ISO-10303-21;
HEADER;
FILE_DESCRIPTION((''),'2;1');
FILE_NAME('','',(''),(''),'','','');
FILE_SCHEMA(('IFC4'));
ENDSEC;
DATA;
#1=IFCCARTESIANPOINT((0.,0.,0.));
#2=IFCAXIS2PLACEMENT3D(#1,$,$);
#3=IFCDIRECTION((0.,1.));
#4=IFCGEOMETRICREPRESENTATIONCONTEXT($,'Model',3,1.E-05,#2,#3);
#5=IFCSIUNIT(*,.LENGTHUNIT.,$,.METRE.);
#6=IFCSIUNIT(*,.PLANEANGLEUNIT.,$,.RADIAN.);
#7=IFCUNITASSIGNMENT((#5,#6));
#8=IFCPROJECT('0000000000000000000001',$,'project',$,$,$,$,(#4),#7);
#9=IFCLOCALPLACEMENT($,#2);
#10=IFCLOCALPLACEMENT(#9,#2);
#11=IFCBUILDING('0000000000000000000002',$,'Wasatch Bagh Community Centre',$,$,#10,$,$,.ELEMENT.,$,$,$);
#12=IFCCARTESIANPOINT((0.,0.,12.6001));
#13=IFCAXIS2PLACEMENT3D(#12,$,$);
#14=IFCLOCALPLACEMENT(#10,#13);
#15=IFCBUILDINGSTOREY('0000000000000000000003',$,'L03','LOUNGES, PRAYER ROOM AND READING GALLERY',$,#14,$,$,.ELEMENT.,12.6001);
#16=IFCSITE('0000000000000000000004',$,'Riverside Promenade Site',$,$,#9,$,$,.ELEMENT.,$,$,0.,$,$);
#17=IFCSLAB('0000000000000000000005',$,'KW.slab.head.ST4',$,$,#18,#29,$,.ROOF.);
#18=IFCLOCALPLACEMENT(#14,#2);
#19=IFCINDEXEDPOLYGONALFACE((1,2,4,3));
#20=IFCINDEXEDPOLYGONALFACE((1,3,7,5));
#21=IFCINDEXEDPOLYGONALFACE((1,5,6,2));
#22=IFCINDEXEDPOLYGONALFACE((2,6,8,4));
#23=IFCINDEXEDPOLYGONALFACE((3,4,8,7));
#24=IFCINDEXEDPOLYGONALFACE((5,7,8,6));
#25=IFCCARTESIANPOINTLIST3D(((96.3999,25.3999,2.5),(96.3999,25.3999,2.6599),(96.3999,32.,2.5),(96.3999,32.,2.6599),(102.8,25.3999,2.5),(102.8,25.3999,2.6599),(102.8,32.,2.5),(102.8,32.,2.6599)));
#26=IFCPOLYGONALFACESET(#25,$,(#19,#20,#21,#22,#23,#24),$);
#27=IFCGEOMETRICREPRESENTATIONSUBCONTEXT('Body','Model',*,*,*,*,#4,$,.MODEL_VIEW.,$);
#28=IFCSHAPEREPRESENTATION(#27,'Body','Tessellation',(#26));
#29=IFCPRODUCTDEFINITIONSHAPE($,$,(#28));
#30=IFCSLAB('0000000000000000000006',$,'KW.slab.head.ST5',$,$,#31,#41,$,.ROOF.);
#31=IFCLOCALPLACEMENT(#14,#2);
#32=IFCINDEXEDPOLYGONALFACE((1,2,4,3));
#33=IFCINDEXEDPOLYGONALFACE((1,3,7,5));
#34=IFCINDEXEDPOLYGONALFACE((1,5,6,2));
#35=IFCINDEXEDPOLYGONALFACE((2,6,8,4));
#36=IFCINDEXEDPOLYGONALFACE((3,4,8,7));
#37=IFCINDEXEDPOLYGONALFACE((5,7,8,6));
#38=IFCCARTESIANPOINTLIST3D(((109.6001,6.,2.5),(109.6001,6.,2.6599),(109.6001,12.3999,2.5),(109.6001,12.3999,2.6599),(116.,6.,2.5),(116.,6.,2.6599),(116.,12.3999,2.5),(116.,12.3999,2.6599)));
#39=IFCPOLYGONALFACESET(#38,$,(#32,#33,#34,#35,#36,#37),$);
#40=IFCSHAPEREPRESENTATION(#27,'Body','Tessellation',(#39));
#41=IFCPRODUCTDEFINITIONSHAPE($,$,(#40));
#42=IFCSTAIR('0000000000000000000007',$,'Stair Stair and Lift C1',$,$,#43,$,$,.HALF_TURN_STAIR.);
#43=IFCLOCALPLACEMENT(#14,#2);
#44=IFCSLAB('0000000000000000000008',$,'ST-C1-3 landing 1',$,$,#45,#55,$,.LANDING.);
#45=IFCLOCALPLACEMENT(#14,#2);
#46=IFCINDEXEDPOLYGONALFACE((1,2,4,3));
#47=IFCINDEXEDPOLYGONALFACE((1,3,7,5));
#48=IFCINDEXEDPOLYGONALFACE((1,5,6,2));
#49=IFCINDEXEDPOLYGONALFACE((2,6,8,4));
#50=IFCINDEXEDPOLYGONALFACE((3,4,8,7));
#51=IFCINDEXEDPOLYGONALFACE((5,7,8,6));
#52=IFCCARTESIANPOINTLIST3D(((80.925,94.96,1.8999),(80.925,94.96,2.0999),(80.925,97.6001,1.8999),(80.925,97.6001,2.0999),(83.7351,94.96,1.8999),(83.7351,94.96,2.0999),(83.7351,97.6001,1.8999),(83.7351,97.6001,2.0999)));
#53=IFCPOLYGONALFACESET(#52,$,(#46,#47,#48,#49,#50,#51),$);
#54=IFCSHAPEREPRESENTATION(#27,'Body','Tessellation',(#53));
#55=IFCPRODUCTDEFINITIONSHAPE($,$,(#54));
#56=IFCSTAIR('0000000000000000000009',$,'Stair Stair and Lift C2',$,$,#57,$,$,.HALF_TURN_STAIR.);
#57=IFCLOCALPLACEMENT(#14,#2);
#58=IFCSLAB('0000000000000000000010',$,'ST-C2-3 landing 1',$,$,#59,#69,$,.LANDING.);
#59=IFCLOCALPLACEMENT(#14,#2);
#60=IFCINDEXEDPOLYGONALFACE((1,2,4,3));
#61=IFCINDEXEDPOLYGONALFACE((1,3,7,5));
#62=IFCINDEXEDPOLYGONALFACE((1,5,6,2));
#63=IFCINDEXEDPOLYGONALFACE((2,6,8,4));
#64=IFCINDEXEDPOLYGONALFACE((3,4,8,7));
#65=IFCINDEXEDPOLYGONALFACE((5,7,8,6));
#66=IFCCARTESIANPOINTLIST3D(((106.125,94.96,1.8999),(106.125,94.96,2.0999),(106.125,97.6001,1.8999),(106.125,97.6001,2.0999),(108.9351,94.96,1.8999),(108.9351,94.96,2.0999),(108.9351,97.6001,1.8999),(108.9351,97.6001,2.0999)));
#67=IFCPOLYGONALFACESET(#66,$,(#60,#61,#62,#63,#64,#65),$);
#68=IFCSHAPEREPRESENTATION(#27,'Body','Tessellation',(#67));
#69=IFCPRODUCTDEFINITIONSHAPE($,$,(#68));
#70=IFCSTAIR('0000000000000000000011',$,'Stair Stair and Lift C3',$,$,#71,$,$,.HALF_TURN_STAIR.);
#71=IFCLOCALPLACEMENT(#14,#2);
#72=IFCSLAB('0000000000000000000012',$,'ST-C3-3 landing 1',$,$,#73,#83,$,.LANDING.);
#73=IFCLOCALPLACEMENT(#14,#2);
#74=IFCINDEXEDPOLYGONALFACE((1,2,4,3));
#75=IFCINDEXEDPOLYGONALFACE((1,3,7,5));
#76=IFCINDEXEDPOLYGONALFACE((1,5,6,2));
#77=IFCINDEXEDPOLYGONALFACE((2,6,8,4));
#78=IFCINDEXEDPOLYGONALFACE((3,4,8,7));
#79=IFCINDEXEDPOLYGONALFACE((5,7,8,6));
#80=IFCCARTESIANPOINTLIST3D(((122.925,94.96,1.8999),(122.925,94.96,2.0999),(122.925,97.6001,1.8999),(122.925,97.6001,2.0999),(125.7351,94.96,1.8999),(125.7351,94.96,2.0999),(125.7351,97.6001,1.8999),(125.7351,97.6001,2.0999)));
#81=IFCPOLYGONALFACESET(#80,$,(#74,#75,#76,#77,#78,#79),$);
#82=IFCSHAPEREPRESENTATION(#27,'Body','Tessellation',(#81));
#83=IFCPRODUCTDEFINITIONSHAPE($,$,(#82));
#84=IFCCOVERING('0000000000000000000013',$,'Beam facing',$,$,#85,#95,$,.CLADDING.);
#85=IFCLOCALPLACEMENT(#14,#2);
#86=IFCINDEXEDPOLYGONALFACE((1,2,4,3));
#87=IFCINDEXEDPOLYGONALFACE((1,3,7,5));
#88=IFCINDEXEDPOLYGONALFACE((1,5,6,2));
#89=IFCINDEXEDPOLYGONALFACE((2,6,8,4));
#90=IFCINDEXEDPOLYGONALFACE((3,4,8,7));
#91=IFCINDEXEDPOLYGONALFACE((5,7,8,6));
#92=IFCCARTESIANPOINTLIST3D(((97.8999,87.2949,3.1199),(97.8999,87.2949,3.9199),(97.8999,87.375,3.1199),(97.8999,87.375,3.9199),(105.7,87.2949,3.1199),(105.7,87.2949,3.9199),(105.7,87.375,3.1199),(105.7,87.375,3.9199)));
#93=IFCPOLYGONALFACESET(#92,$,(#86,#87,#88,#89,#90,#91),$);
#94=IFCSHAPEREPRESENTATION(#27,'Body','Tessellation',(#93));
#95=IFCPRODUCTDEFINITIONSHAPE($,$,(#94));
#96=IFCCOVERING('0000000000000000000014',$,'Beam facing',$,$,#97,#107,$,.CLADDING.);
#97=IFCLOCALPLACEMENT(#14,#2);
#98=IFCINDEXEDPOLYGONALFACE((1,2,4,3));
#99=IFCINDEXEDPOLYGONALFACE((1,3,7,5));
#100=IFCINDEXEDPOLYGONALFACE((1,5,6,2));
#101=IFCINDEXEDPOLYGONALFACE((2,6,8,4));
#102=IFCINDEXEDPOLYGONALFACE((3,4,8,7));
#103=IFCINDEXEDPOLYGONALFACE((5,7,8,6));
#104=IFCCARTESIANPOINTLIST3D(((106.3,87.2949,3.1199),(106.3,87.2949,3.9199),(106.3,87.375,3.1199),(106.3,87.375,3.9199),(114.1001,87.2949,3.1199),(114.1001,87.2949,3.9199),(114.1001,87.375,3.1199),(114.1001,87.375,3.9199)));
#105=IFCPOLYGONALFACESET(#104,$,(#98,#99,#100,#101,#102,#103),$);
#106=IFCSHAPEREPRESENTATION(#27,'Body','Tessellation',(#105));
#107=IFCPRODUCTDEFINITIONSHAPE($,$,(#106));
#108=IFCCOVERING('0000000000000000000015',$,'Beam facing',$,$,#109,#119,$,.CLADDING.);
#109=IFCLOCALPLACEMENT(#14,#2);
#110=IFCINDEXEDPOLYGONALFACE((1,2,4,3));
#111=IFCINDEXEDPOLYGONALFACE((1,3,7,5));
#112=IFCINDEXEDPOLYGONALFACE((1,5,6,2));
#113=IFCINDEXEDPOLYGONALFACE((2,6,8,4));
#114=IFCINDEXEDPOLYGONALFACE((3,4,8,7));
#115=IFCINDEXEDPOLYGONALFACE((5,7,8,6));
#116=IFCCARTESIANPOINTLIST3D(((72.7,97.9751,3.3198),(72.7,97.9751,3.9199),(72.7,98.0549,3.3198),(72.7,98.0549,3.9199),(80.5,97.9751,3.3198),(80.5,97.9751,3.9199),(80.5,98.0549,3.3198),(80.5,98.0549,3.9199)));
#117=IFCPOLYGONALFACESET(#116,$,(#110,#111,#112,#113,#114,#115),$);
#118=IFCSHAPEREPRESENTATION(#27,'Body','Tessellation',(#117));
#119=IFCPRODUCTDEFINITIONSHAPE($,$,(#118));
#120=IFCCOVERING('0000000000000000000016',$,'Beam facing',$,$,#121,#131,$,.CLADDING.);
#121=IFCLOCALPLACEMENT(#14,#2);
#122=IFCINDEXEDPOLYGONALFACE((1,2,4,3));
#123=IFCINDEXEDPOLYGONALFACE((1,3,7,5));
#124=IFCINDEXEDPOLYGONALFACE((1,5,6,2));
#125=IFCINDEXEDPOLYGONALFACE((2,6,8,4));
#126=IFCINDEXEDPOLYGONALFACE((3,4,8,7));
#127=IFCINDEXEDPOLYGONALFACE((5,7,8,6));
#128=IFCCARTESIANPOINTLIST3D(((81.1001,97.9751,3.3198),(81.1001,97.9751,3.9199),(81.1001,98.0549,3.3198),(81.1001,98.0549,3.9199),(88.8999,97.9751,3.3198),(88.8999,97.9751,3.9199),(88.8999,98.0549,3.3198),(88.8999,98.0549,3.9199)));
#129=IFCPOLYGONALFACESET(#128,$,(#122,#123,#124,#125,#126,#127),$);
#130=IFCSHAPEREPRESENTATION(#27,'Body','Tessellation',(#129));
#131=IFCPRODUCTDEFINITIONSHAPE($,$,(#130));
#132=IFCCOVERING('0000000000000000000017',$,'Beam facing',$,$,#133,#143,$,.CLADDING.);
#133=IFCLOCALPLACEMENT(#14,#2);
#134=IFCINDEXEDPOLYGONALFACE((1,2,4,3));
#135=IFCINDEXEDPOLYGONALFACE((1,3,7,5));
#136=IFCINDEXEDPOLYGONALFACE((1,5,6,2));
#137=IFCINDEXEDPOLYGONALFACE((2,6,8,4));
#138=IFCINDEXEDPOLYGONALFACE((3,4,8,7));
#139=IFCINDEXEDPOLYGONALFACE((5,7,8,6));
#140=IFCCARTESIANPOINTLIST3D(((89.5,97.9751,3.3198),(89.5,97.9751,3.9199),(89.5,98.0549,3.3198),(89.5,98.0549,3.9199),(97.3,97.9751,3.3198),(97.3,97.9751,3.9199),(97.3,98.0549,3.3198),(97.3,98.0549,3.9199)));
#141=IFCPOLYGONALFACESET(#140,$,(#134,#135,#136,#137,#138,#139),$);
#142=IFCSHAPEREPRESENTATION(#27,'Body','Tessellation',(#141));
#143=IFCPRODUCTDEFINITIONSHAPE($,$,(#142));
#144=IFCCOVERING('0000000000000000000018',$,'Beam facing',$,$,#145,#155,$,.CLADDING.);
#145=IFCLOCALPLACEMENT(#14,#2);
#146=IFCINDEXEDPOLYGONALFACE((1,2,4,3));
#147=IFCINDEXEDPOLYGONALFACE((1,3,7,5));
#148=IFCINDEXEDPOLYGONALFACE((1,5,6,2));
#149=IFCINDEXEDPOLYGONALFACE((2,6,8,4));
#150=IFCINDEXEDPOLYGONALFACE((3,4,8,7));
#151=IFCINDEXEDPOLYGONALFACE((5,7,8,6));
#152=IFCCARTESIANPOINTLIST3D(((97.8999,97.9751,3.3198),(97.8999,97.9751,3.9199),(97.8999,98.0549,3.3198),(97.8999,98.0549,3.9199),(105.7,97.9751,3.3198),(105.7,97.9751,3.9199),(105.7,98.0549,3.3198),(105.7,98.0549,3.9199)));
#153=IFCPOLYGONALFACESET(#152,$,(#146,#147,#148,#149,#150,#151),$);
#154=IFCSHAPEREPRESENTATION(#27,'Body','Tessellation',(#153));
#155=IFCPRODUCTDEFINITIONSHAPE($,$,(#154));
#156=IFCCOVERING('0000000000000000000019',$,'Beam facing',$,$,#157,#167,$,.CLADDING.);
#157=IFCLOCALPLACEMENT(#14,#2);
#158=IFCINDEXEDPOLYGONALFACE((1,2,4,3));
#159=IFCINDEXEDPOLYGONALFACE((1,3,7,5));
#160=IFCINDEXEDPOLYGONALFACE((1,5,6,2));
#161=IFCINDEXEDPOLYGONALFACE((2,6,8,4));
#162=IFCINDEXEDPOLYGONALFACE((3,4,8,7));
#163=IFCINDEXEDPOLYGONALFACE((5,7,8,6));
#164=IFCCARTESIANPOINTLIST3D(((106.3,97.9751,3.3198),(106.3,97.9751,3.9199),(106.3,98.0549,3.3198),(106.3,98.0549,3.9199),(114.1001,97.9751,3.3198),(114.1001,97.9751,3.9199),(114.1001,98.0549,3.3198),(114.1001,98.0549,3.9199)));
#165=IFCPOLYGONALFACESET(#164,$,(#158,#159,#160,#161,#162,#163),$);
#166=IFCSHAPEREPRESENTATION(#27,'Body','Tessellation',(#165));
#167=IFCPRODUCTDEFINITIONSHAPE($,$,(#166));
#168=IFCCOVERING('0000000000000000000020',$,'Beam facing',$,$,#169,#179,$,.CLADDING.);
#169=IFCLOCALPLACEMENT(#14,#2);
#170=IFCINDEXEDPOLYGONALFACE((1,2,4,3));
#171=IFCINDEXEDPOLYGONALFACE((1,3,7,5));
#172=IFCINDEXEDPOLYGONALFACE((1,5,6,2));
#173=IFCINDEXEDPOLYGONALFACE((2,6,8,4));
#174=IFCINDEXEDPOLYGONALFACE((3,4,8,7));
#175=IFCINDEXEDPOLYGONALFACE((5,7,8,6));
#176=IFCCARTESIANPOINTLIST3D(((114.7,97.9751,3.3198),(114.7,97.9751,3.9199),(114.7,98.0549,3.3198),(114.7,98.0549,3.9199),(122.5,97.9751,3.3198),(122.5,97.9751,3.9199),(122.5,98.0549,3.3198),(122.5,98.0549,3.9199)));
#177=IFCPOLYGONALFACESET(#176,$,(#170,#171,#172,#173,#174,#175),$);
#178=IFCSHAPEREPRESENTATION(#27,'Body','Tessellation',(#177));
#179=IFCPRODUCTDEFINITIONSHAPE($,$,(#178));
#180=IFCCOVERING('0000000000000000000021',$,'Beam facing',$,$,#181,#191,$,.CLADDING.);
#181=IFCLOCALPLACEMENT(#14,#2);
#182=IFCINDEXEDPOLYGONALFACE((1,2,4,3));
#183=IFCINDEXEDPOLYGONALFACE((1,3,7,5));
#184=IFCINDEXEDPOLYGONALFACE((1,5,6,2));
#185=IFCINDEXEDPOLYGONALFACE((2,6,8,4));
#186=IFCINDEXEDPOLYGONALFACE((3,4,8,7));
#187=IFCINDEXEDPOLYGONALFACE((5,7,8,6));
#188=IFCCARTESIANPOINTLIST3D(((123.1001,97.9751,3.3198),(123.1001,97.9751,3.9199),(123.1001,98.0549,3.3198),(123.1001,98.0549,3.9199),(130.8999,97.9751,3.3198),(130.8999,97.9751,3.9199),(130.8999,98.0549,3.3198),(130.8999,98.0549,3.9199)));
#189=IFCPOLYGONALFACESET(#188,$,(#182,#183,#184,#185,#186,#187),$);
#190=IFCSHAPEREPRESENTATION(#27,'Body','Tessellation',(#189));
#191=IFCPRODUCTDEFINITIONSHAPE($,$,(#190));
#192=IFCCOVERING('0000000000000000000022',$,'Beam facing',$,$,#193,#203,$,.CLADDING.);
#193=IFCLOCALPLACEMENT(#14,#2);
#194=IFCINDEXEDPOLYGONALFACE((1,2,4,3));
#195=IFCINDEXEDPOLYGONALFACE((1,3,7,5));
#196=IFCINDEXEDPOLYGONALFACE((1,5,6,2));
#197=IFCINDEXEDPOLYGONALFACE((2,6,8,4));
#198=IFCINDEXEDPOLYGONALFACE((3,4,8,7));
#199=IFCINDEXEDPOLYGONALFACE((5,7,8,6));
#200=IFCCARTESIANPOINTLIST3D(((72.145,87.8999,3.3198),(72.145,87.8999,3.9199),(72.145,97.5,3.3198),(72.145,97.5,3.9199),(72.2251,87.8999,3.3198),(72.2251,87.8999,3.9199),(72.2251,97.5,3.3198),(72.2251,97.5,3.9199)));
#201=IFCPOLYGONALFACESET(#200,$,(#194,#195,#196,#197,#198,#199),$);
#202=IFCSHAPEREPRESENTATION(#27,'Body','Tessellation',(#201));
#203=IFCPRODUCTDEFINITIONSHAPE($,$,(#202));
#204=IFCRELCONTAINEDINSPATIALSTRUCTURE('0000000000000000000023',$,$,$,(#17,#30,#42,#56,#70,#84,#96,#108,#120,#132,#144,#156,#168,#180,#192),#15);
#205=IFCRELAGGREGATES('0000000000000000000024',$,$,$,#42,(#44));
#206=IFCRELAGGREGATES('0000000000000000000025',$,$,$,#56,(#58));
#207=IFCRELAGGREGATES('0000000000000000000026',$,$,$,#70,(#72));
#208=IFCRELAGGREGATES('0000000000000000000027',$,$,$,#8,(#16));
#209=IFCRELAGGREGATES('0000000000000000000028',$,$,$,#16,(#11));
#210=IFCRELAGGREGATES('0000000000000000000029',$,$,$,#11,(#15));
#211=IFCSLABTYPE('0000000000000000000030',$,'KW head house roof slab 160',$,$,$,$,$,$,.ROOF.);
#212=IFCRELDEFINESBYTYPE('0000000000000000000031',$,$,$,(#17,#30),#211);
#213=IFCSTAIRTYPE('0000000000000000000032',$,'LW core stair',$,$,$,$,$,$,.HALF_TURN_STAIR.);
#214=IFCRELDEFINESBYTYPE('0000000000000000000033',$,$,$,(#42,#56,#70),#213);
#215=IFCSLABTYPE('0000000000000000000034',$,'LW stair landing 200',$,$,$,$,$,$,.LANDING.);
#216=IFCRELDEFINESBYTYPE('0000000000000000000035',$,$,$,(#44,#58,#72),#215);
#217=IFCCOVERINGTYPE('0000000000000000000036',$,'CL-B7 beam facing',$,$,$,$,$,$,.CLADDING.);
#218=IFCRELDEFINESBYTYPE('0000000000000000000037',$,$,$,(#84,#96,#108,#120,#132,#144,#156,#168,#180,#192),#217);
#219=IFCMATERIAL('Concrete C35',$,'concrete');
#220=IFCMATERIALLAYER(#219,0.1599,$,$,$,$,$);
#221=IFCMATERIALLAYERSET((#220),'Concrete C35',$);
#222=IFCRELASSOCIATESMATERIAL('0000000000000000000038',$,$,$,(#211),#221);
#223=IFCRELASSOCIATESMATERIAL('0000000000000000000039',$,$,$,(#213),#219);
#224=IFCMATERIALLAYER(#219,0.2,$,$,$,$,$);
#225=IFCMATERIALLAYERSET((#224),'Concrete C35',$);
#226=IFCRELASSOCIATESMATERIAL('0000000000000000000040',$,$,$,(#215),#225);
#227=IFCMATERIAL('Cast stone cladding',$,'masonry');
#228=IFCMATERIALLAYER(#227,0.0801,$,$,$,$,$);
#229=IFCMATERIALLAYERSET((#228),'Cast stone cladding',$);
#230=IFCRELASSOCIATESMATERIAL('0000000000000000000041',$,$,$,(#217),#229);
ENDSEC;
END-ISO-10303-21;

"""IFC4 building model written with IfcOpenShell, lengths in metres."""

from ifc_helpers import new_model, si_unit, direction, frame, origin, place, context, subcontext, project, spatial, polyline, outline, extrude, material, layer, layer_set, type_object, element, aggregate, save


model = new_model("IFC4")

# Units and contexts
model_context = context("Model", 3, precision=1e-05, world=origin(), true_north=direction((0.0, 1.0)))
body_context = subcontext(model_context, "Body", "Model", "MODEL_VIEW")
ifc_project = project(units=[si_unit("LENGTHUNIT", "METRE"), si_unit("PLANEANGLEUNIT", "RADIAN")], contexts=[model_context])

# Site, building, storey
site_placement = place(None, origin())
site = spatial("IfcSite", under=ifc_project, at=site_placement, Name="Riverside Promenade Site", CompositionType="ELEMENT", RefElevation=0.0)
building_placement = place(site_placement, origin())
building = spatial("IfcBuilding", under=site, at=building_placement, Name="Wasatch Bagh Community Centre", CompositionType="ELEMENT")
storey_placement = place(building_placement, frame((0.0, 0.0, 12.6001)))
storey = spatial("IfcBuildingStorey", under=building, at=storey_placement, Name="L03", Description="LOUNGES, PRAYER ROOM AND READING GALLERY", CompositionType="ELEMENT", Elevation=12.6001)

# Slabs
ifc_material_1 = material(Name="Concrete C35", Category="concrete")
ifc_layer_1 = layer(ifc_material_1, 0.1599)
ifc_layer_set_1 = layer_set([ifc_layer_1], Name="Concrete C35")
slab_type_1 = type_object("IfcSlabType", Name="KW head house roof slab 160", PredefinedType="ROOF", material=ifc_layer_set_1)
slab_1_placement = place(storey_placement, frame((0.0, 0.0, 2.5)))
element("IfcSlab", 1, at=slab_1_placement, inside=storey, type_object=slab_type_1, Name="KW.slab.head.ST4", PredefinedType="ROOF", context=body_context, shape_type="SweptSolid", body=[
    extrude(outline(polyline([(96.3999, 25.3999), (102.8, 25.3999), (102.8, 32.0), (96.3999, 32.0), (96.3999, 25.3999)])), origin(), (0.0, 0.0, 1.0), 0.1599),
])
slab_2_placement = place(storey_placement, frame((0.0, 0.0, 2.5)))
element("IfcSlab", 2, at=slab_2_placement, inside=storey, type_object=slab_type_1, Name="KW.slab.head.ST5", PredefinedType="ROOF", context=body_context, shape_type="SweptSolid", body=[
    extrude(outline(polyline([(109.6001, 6.0), (116.0, 6.0), (116.0, 12.3999), (109.6001, 12.3999), (109.6001, 6.0)])), origin(), (0.0, 0.0, 1.0), 0.1599),
])

# Stairs, slabs
stair_type = type_object("IfcStairType", Name="LW core stair", PredefinedType="HALF_TURN_STAIR", material=ifc_material_1)
stair_1_placement = place(storey_placement, origin())
stair_1 = element("IfcStair", 3, at=stair_1_placement, inside=storey, type_object=stair_type, Name="Stair Stair and Lift C1", PredefinedType="HALF_TURN_STAIR")
ifc_layer_2 = layer(ifc_material_1, 0.2)
ifc_layer_set_2 = layer_set([ifc_layer_2], Name="Concrete C35")
slab_type_2 = type_object("IfcSlabType", Name="LW stair landing 200", PredefinedType="LANDING", material=ifc_layer_set_2)
slab_3_placement = place(storey_placement, frame((0.0, 0.0, 1.8999)))
slab_3 = element("IfcSlab", 4, at=slab_3_placement, type_object=slab_type_2, Name="ST-C1-3 landing 1", PredefinedType="LANDING", context=body_context, shape_type="SweptSolid", body=[
    extrude(outline(polyline([(80.925, 94.96), (83.7351, 94.96), (83.7351, 97.6001), (80.925, 97.6001), (80.925, 94.96)])), origin(), (0.0, 0.0, 1.0), 0.2),
])
aggregate(stair_1, [slab_3])
stair_2_placement = place(storey_placement, origin())
stair_2 = element("IfcStair", 5, at=stair_2_placement, inside=storey, type_object=stair_type, Name="Stair Stair and Lift C2", PredefinedType="HALF_TURN_STAIR")
slab_4_placement = place(storey_placement, frame((0.0, 0.0, 1.8999)))
slab_4 = element("IfcSlab", 6, at=slab_4_placement, type_object=slab_type_2, Name="ST-C2-3 landing 1", PredefinedType="LANDING", context=body_context, shape_type="SweptSolid", body=[
    extrude(outline(polyline([(106.125, 94.96), (108.9351, 94.96), (108.9351, 97.6001), (106.125, 97.6001), (106.125, 94.96)])), origin(), (0.0, 0.0, 1.0), 0.2),
])
aggregate(stair_2, [slab_4])
stair_3_placement = place(storey_placement, origin())
stair_3 = element("IfcStair", 7, at=stair_3_placement, inside=storey, type_object=stair_type, Name="Stair Stair and Lift C3", PredefinedType="HALF_TURN_STAIR")
slab_5_placement = place(storey_placement, frame((0.0, 0.0, 1.8999)))
slab_5 = element("IfcSlab", 8, at=slab_5_placement, type_object=slab_type_2, Name="ST-C3-3 landing 1", PredefinedType="LANDING", context=body_context, shape_type="SweptSolid", body=[
    extrude(outline(polyline([(122.925, 94.96), (125.7351, 94.96), (125.7351, 97.6001), (122.925, 97.6001), (122.925, 94.96)])), origin(), (0.0, 0.0, 1.0), 0.2),
])
aggregate(stair_3, [slab_5])

# Coverings
ifc_material_2 = material(Name="Cast stone cladding", Category="masonry")
ifc_layer_3 = layer(ifc_material_2, 0.0801)
ifc_layer_set_3 = layer_set([ifc_layer_3], Name="Cast stone cladding")
covering_type_1 = type_object("IfcCoveringType", Name="CL-B7 beam facing", PredefinedType="CLADDING", material=ifc_layer_set_3)
covering_1_placement = place(storey_placement, frame((0.0, 0.0, 3.1199)))
element("IfcCovering", 9, at=covering_1_placement, inside=storey, type_object=covering_type_1, Name="Beam facing", PredefinedType="CLADDING", context=body_context, shape_type="SweptSolid", body=[
    extrude(outline(polyline([(97.8999, 87.375), (105.7, 87.375), (105.7, 87.2949), (97.8999, 87.2949), (97.8999, 87.375)])), origin(), (0.0, 0.0, 1.0), 0.8),
])
covering_2_placement = place(storey_placement, frame((0.0, 0.0, 3.1199)))
element("IfcCovering", 10, at=covering_2_placement, inside=storey, type_object=covering_type_1, Name="Beam facing", PredefinedType="CLADDING", context=body_context, shape_type="SweptSolid", body=[
    extrude(outline(polyline([(106.3, 87.375), (114.1001, 87.375), (114.1001, 87.2949), (106.3, 87.2949), (106.3, 87.375)])), origin(), (0.0, 0.0, 1.0), 0.8),
])
covering_3_placement = place(storey_placement, frame((0.0, 0.0, 3.3198)))
element("IfcCovering", 11, at=covering_3_placement, inside=storey, type_object=covering_type_1, Name="Beam facing", PredefinedType="CLADDING", context=body_context, shape_type="SweptSolid", body=[
    extrude(outline(polyline([(72.7, 97.9751), (80.5, 97.9751), (80.5, 98.0549), (72.7, 98.0549), (72.7, 97.9751)])), origin(), (0.0, 0.0, 1.0), 0.6001),
])
covering_4_placement = place(storey_placement, frame((0.0, 0.0, 3.3198)))
element("IfcCovering", 12, at=covering_4_placement, inside=storey, type_object=covering_type_1, Name="Beam facing", PredefinedType="CLADDING", context=body_context, shape_type="SweptSolid", body=[
    extrude(outline(polyline([(81.1001, 97.9751), (88.8999, 97.9751), (88.8999, 98.0549), (81.1001, 98.0549), (81.1001, 97.9751)])), origin(), (0.0, 0.0, 1.0), 0.6001),
])
covering_5_placement = place(storey_placement, frame((0.0, 0.0, 3.3198)))
element("IfcCovering", 13, at=covering_5_placement, inside=storey, type_object=covering_type_1, Name="Beam facing", PredefinedType="CLADDING", context=body_context, shape_type="SweptSolid", body=[
    extrude(outline(polyline([(89.5, 97.9751), (97.3, 97.9751), (97.3, 98.0549), (89.5, 98.0549), (89.5, 97.9751)])), origin(), (0.0, 0.0, 1.0), 0.6001),
])
covering_6_placement = place(storey_placement, frame((0.0, 0.0, 3.3198)))
element("IfcCovering", 14, at=covering_6_placement, inside=storey, type_object=covering_type_1, Name="Beam facing", PredefinedType="CLADDING", context=body_context, shape_type="SweptSolid", body=[
    extrude(outline(polyline([(97.8999, 97.9751), (105.7, 97.9751), (105.7, 98.0549), (97.8999, 98.0549), (97.8999, 97.9751)])), origin(), (0.0, 0.0, 1.0), 0.6001),
])
covering_7_placement = place(storey_placement, frame((0.0, 0.0, 3.3198)))
element("IfcCovering", 15, at=covering_7_placement, inside=storey, type_object=covering_type_1, Name="Beam facing", PredefinedType="CLADDING", context=body_context, shape_type="SweptSolid", body=[
    extrude(outline(polyline([(106.3, 97.9751), (114.1001, 97.9751), (114.1001, 98.0549), (106.3, 98.0549), (106.3, 97.9751)])), origin(), (0.0, 0.0, 1.0), 0.6001),
])
covering_8_placement = place(storey_placement, frame((0.0, 0.0, 3.3198)))
element("IfcCovering", 16, at=covering_8_placement, inside=storey, type_object=covering_type_1, Name="Beam facing", PredefinedType="CLADDING", context=body_context, shape_type="SweptSolid", body=[
    extrude(outline(polyline([(114.7, 97.9751), (122.5, 97.9751), (122.5, 98.0549), (114.7, 98.0549), (114.7, 97.9751)])), origin(), (0.0, 0.0, 1.0), 0.6001),
])
covering_9_placement = place(storey_placement, frame((0.0, 0.0, 3.3198)))
element("IfcCovering", 17, at=covering_9_placement, inside=storey, type_object=covering_type_1, Name="Beam facing", PredefinedType="CLADDING", context=body_context, shape_type="SweptSolid", body=[
    extrude(outline(polyline([(123.1001, 97.9751), (130.8999, 97.9751), (130.8999, 98.0549), (123.1001, 98.0549), (123.1001, 97.9751)])), origin(), (0.0, 0.0, 1.0), 0.6001),
])
covering_10_placement = place(storey_placement, frame((0.0, 0.0, 3.3198)))
element("IfcCovering", 18, at=covering_10_placement, inside=storey, type_object=covering_type_1, Name="Beam facing", PredefinedType="CLADDING", context=body_context, shape_type="SweptSolid", body=[
    extrude(outline(polyline([(72.2251, 87.8999), (72.2251, 97.5), (72.145, 97.5), (72.145, 87.8999), (72.2251, 87.8999)])), origin(), (0.0, 0.0, 1.0), 0.6001),
])

save(model, "model.ifc")
